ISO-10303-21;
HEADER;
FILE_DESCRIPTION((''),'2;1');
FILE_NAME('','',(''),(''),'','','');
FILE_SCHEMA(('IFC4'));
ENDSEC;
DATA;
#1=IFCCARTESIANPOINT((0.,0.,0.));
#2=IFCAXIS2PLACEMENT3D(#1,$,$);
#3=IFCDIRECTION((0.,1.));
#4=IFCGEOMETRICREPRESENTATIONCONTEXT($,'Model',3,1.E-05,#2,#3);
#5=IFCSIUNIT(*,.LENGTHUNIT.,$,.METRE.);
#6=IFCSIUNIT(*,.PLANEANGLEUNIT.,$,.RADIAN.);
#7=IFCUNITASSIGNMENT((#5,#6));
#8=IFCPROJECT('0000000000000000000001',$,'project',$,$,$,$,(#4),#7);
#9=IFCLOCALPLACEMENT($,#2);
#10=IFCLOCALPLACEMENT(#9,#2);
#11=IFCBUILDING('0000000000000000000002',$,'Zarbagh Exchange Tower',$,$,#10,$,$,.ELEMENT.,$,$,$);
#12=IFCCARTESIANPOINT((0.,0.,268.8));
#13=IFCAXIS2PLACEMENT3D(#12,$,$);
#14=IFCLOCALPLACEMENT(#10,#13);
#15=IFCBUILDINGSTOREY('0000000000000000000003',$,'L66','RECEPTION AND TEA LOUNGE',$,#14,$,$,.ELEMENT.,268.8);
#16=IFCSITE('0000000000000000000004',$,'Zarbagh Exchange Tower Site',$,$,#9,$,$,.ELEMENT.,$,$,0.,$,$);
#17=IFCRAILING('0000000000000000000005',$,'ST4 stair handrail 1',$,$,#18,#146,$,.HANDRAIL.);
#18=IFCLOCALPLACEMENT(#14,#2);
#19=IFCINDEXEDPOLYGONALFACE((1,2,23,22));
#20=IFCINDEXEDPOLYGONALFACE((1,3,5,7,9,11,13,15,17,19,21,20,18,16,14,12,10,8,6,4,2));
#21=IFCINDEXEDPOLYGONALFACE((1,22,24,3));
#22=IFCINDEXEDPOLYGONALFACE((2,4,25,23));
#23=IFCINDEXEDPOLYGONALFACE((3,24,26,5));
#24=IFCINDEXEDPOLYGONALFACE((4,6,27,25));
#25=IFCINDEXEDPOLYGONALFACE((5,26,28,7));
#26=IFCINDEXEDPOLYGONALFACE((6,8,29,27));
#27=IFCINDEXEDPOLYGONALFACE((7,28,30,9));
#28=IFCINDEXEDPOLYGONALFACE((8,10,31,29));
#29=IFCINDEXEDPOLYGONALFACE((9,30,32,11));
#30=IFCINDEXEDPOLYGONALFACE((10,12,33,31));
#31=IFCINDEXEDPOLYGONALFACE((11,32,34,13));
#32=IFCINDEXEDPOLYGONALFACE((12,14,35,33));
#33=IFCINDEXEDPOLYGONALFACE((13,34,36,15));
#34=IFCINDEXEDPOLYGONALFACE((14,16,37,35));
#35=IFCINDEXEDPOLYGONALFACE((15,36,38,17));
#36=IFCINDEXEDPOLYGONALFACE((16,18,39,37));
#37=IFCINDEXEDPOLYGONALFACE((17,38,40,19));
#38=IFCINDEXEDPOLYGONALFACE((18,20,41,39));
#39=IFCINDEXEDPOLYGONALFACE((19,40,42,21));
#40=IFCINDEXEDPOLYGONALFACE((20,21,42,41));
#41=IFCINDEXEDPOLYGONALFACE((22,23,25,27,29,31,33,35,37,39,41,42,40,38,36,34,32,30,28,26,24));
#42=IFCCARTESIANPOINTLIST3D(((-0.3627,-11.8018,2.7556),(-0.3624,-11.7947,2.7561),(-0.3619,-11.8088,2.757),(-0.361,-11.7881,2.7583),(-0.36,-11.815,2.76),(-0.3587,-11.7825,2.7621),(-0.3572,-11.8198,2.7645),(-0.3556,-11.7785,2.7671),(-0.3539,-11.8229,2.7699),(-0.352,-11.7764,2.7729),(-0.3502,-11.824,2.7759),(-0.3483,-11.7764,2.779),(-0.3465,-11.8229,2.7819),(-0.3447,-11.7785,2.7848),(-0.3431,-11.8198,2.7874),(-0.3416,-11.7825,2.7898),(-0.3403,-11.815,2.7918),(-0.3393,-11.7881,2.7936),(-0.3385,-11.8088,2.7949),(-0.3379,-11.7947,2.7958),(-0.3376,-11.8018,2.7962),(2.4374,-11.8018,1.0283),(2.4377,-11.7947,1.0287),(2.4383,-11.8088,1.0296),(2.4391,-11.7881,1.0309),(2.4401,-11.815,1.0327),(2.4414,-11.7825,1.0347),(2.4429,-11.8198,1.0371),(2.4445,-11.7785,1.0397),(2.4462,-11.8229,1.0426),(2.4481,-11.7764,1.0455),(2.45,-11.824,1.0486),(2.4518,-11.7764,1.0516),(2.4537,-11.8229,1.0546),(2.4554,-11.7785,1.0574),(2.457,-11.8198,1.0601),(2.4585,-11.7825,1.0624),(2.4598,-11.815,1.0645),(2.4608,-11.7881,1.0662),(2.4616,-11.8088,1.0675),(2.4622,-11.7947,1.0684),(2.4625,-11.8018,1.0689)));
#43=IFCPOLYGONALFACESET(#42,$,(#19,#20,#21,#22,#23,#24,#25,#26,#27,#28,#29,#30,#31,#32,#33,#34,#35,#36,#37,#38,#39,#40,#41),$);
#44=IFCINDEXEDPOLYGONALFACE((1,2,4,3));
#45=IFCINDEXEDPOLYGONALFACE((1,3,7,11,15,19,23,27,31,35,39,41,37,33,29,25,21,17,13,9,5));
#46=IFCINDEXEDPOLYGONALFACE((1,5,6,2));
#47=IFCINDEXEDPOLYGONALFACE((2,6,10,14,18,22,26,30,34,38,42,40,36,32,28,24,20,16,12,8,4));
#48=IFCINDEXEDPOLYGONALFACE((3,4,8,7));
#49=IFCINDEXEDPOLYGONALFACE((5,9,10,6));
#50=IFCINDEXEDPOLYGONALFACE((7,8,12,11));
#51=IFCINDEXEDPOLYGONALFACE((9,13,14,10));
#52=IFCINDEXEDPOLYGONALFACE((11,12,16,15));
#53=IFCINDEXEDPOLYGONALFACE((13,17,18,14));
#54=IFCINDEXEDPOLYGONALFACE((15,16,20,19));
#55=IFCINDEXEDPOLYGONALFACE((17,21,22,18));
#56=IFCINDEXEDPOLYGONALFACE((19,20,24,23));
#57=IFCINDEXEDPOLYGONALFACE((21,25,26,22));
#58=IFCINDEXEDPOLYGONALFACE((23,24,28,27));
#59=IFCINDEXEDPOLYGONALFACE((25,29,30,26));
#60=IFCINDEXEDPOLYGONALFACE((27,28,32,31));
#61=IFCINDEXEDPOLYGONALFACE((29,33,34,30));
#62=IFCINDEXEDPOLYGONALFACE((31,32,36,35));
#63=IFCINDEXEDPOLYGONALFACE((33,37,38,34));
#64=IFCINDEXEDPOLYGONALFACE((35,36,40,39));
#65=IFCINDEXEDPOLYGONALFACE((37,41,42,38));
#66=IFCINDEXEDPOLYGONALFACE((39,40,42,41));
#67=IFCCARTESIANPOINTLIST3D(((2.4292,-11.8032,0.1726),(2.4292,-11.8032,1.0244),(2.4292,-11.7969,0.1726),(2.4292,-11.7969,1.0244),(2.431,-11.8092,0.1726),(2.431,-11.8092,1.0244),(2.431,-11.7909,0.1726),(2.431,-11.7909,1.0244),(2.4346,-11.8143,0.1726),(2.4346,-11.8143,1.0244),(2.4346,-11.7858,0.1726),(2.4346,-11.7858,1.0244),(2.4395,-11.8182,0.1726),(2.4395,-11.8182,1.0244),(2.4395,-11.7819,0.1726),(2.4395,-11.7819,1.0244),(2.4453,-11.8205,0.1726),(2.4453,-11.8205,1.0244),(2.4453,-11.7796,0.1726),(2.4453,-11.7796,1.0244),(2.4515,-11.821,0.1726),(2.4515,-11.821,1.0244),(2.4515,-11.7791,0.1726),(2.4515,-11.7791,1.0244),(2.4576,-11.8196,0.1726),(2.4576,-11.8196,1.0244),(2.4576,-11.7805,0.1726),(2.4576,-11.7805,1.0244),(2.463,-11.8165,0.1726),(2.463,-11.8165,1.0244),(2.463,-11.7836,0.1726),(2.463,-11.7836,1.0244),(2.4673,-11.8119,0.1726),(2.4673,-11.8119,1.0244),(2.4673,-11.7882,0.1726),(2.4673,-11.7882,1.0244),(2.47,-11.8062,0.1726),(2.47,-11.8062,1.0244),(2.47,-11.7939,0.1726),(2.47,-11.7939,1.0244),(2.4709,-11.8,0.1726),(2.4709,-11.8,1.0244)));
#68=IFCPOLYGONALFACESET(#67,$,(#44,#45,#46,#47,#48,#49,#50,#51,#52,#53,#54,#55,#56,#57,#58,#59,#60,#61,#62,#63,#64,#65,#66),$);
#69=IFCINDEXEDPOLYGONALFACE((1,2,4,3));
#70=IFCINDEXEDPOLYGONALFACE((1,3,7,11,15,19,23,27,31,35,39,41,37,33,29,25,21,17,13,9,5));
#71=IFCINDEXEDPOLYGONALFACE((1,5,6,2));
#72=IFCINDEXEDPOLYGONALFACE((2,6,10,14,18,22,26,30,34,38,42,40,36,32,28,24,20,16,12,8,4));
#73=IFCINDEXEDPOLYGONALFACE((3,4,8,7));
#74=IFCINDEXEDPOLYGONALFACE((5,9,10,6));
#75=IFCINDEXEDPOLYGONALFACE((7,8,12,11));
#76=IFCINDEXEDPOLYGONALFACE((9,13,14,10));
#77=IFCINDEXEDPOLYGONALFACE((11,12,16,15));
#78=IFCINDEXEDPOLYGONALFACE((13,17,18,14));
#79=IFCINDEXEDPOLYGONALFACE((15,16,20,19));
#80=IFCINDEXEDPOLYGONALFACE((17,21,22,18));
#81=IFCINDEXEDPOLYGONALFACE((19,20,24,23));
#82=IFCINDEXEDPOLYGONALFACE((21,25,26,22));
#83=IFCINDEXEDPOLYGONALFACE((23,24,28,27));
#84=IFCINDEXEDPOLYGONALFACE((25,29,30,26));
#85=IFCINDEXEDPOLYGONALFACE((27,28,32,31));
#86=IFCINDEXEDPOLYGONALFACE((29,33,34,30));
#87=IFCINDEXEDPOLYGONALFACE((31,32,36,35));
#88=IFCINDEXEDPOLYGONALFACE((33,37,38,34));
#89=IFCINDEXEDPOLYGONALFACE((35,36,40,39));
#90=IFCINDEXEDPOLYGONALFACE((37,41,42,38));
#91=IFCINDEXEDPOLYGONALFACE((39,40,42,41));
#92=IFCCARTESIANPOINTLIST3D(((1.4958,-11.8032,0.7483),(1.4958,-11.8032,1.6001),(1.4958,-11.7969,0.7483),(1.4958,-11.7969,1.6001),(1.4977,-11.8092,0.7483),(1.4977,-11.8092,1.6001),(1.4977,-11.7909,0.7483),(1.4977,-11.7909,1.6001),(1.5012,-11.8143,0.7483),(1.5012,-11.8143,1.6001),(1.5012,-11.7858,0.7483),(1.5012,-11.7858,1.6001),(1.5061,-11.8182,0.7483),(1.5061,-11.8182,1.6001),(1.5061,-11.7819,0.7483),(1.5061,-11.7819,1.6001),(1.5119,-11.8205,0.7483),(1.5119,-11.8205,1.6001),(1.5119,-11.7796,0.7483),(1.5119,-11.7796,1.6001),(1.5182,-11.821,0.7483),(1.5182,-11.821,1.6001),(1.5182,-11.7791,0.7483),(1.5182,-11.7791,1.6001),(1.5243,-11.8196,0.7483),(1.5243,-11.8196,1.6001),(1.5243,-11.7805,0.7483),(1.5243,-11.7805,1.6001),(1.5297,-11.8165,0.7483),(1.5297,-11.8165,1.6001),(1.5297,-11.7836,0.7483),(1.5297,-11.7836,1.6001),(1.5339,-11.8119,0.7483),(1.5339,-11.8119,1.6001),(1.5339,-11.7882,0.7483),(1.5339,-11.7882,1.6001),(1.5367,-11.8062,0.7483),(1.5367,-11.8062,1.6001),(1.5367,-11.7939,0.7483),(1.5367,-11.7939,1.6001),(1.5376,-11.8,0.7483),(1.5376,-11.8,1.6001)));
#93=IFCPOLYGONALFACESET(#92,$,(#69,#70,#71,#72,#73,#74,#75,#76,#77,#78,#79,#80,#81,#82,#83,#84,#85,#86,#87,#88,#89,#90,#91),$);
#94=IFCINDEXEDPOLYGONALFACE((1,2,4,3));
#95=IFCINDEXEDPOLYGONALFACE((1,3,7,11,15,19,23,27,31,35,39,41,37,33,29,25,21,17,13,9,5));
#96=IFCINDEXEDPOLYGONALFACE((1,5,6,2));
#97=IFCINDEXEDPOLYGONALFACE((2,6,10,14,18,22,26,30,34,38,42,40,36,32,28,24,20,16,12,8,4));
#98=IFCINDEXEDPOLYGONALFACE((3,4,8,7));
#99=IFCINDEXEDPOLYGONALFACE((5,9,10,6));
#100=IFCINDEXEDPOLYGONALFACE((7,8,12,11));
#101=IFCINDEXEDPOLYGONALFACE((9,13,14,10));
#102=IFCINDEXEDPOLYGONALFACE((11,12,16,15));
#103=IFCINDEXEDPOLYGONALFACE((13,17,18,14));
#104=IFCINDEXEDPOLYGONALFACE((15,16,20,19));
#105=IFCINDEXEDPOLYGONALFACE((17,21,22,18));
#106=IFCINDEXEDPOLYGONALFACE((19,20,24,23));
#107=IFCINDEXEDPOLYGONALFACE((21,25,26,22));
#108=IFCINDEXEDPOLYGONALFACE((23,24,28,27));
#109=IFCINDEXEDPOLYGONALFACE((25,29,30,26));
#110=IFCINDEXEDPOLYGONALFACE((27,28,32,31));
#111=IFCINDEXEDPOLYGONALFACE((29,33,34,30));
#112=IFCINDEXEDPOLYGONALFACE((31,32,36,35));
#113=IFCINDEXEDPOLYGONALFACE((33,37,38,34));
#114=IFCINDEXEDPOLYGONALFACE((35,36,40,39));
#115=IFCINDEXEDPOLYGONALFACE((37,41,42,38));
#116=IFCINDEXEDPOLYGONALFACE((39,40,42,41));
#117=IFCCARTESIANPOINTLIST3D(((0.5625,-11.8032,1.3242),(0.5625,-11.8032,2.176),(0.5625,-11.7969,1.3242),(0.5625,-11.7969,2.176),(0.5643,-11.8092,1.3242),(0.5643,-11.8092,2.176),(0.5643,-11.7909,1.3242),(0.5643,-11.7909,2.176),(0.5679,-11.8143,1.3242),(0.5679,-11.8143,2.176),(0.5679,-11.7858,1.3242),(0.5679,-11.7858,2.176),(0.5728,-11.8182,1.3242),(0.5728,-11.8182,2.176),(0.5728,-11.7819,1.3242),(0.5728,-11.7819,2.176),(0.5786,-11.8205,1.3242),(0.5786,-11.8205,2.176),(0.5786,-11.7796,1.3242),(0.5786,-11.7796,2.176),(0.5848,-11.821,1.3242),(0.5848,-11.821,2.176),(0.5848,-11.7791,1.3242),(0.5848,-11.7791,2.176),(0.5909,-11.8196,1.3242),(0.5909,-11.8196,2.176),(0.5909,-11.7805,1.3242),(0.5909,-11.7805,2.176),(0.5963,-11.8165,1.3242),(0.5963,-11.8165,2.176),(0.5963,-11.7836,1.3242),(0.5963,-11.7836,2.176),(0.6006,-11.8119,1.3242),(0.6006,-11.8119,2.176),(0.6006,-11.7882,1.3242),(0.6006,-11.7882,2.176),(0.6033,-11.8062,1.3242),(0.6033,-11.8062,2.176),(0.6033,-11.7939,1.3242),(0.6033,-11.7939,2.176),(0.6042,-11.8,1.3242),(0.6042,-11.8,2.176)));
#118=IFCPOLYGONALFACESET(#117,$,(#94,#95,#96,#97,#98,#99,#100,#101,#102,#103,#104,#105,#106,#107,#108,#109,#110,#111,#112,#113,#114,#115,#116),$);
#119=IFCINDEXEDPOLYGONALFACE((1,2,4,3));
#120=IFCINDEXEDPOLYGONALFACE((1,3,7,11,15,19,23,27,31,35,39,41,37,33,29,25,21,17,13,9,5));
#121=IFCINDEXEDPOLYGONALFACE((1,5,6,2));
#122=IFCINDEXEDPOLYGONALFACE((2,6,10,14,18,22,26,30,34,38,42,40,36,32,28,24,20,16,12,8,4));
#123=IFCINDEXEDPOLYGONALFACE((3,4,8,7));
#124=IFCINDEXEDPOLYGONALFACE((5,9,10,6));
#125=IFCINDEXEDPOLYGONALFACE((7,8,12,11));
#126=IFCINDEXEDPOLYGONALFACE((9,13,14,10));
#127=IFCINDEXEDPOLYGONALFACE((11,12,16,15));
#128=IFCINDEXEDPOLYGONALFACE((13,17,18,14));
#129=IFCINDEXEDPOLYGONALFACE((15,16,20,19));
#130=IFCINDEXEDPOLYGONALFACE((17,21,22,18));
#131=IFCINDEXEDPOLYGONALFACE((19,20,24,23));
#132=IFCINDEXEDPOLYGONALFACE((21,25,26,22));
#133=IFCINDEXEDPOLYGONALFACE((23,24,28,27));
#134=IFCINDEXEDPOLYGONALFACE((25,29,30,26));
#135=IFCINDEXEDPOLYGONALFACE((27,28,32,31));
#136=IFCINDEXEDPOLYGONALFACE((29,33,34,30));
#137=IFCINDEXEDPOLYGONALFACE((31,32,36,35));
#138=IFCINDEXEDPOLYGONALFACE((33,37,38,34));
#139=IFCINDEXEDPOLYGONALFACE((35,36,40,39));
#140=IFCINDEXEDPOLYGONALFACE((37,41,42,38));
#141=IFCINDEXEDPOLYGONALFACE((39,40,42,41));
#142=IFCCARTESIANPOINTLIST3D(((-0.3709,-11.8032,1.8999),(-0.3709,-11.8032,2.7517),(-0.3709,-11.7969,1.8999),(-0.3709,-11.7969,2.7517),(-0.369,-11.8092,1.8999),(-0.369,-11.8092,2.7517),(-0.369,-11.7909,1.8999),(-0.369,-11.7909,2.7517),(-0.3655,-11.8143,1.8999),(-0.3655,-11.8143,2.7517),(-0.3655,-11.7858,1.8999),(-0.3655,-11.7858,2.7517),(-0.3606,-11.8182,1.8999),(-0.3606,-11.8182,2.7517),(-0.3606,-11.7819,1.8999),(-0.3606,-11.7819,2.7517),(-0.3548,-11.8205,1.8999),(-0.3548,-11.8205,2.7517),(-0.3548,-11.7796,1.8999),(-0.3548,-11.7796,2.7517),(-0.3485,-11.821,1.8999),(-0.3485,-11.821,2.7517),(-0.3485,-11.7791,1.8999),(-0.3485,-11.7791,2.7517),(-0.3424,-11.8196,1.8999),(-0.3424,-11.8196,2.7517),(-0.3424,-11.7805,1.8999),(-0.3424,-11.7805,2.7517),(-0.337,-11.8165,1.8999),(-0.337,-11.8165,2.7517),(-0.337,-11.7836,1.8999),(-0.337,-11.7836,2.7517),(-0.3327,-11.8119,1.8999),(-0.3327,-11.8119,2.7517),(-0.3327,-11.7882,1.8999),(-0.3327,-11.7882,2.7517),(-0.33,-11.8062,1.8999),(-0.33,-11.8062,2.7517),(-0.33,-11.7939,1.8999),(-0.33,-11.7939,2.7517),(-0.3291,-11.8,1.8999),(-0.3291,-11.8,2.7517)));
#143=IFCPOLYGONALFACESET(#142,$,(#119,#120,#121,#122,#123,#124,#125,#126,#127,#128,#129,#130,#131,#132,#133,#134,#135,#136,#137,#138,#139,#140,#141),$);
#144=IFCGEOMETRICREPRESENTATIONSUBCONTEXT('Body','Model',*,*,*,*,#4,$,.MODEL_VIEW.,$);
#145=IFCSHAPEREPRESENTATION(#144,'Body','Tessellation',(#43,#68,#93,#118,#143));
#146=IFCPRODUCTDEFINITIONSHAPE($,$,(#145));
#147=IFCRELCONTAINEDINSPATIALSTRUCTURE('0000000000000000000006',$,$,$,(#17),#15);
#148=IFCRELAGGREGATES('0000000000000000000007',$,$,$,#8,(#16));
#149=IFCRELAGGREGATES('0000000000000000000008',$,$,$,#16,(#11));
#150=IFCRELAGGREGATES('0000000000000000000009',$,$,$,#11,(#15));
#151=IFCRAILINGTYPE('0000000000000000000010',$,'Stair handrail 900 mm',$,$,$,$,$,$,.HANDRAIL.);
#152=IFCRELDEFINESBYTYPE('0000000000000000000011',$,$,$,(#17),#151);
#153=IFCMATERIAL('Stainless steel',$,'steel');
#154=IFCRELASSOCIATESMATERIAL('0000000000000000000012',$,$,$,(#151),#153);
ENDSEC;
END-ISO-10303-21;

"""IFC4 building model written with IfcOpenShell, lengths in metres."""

from ifc_helpers import new_model, si_unit, direction, frame, origin, origin_2d, place, context, subcontext, project, spatial, circle, extrude, material, type_object, element, save


model = new_model("IFC4")

# Units and contexts
model_context = context("Model", 3, precision=1e-05, world=origin(), true_north=direction((0.0, 1.0)))
body_context = subcontext(model_context, "Body", "Model", "MODEL_VIEW")
ifc_project = project(units=[si_unit("LENGTHUNIT", "METRE"), si_unit("PLANEANGLEUNIT", "RADIAN")], contexts=[model_context])

# Site, building, storey
site_placement = place(None, origin())
site = spatial("IfcSite", under=ifc_project, at=site_placement, Name="Zarbagh Exchange Tower Site", CompositionType="ELEMENT", RefElevation=0.0)
building_placement = place(site_placement, origin())
building = spatial("IfcBuilding", under=site, at=building_placement, Name="Zarbagh Exchange Tower", CompositionType="ELEMENT")
storey_placement = place(building_placement, frame((0.0, 0.0, 268.8)))
storey = spatial("IfcBuildingStorey", under=building, at=storey_placement, Name="L66", Description="RECEPTION AND TEA LOUNGE", CompositionType="ELEMENT", Elevation=268.8)

# Railing
ifc_material_1 = material(Name="Stainless steel", Category="steel")
railing_type = type_object("IfcRailingType", Name="Stair handrail 900 mm", PredefinedType="HANDRAIL", material=ifc_material_1)
railing_placement = place(storey_placement, frame((2.45, -11.8, 0.1726)))
element("IfcRailing", 1, at=railing_placement, inside=storey, type_object=railing_type, Name="ST4 stair handrail 1", PredefinedType="HANDRAIL", context=body_context, shape_type="SweptSolid", body=[
    extrude(circle(Radius=0.0239, at=origin_2d()), frame((0.0, 0.0, 0.876), z_axis=(-0.85109, 0.0, 0.52502), x_axis=(0.0, -1.0, 0.0)), (0.0, 0.0, 1.0), 3.29),
    extrude(circle(Radius=0.021, at=origin_2d()), origin(), (0.0, 0.0, 1.0), 0.8518),
    extrude(circle(Radius=0.021, at=origin_2d()), frame((-0.9333, 0.0, 0.5757)), (0.0, 0.0, 1.0), 0.8518),
    extrude(circle(Radius=0.021, at=origin_2d()), frame((-1.8667, 0.0, 1.1516)), (0.0, 0.0, 1.0), 0.8518),
    extrude(circle(Radius=0.021, at=origin_2d()), frame((-2.8, 0.0, 1.7273)), (0.0, 0.0, 1.0), 0.8518),
])

save(model, "model.ifc")
